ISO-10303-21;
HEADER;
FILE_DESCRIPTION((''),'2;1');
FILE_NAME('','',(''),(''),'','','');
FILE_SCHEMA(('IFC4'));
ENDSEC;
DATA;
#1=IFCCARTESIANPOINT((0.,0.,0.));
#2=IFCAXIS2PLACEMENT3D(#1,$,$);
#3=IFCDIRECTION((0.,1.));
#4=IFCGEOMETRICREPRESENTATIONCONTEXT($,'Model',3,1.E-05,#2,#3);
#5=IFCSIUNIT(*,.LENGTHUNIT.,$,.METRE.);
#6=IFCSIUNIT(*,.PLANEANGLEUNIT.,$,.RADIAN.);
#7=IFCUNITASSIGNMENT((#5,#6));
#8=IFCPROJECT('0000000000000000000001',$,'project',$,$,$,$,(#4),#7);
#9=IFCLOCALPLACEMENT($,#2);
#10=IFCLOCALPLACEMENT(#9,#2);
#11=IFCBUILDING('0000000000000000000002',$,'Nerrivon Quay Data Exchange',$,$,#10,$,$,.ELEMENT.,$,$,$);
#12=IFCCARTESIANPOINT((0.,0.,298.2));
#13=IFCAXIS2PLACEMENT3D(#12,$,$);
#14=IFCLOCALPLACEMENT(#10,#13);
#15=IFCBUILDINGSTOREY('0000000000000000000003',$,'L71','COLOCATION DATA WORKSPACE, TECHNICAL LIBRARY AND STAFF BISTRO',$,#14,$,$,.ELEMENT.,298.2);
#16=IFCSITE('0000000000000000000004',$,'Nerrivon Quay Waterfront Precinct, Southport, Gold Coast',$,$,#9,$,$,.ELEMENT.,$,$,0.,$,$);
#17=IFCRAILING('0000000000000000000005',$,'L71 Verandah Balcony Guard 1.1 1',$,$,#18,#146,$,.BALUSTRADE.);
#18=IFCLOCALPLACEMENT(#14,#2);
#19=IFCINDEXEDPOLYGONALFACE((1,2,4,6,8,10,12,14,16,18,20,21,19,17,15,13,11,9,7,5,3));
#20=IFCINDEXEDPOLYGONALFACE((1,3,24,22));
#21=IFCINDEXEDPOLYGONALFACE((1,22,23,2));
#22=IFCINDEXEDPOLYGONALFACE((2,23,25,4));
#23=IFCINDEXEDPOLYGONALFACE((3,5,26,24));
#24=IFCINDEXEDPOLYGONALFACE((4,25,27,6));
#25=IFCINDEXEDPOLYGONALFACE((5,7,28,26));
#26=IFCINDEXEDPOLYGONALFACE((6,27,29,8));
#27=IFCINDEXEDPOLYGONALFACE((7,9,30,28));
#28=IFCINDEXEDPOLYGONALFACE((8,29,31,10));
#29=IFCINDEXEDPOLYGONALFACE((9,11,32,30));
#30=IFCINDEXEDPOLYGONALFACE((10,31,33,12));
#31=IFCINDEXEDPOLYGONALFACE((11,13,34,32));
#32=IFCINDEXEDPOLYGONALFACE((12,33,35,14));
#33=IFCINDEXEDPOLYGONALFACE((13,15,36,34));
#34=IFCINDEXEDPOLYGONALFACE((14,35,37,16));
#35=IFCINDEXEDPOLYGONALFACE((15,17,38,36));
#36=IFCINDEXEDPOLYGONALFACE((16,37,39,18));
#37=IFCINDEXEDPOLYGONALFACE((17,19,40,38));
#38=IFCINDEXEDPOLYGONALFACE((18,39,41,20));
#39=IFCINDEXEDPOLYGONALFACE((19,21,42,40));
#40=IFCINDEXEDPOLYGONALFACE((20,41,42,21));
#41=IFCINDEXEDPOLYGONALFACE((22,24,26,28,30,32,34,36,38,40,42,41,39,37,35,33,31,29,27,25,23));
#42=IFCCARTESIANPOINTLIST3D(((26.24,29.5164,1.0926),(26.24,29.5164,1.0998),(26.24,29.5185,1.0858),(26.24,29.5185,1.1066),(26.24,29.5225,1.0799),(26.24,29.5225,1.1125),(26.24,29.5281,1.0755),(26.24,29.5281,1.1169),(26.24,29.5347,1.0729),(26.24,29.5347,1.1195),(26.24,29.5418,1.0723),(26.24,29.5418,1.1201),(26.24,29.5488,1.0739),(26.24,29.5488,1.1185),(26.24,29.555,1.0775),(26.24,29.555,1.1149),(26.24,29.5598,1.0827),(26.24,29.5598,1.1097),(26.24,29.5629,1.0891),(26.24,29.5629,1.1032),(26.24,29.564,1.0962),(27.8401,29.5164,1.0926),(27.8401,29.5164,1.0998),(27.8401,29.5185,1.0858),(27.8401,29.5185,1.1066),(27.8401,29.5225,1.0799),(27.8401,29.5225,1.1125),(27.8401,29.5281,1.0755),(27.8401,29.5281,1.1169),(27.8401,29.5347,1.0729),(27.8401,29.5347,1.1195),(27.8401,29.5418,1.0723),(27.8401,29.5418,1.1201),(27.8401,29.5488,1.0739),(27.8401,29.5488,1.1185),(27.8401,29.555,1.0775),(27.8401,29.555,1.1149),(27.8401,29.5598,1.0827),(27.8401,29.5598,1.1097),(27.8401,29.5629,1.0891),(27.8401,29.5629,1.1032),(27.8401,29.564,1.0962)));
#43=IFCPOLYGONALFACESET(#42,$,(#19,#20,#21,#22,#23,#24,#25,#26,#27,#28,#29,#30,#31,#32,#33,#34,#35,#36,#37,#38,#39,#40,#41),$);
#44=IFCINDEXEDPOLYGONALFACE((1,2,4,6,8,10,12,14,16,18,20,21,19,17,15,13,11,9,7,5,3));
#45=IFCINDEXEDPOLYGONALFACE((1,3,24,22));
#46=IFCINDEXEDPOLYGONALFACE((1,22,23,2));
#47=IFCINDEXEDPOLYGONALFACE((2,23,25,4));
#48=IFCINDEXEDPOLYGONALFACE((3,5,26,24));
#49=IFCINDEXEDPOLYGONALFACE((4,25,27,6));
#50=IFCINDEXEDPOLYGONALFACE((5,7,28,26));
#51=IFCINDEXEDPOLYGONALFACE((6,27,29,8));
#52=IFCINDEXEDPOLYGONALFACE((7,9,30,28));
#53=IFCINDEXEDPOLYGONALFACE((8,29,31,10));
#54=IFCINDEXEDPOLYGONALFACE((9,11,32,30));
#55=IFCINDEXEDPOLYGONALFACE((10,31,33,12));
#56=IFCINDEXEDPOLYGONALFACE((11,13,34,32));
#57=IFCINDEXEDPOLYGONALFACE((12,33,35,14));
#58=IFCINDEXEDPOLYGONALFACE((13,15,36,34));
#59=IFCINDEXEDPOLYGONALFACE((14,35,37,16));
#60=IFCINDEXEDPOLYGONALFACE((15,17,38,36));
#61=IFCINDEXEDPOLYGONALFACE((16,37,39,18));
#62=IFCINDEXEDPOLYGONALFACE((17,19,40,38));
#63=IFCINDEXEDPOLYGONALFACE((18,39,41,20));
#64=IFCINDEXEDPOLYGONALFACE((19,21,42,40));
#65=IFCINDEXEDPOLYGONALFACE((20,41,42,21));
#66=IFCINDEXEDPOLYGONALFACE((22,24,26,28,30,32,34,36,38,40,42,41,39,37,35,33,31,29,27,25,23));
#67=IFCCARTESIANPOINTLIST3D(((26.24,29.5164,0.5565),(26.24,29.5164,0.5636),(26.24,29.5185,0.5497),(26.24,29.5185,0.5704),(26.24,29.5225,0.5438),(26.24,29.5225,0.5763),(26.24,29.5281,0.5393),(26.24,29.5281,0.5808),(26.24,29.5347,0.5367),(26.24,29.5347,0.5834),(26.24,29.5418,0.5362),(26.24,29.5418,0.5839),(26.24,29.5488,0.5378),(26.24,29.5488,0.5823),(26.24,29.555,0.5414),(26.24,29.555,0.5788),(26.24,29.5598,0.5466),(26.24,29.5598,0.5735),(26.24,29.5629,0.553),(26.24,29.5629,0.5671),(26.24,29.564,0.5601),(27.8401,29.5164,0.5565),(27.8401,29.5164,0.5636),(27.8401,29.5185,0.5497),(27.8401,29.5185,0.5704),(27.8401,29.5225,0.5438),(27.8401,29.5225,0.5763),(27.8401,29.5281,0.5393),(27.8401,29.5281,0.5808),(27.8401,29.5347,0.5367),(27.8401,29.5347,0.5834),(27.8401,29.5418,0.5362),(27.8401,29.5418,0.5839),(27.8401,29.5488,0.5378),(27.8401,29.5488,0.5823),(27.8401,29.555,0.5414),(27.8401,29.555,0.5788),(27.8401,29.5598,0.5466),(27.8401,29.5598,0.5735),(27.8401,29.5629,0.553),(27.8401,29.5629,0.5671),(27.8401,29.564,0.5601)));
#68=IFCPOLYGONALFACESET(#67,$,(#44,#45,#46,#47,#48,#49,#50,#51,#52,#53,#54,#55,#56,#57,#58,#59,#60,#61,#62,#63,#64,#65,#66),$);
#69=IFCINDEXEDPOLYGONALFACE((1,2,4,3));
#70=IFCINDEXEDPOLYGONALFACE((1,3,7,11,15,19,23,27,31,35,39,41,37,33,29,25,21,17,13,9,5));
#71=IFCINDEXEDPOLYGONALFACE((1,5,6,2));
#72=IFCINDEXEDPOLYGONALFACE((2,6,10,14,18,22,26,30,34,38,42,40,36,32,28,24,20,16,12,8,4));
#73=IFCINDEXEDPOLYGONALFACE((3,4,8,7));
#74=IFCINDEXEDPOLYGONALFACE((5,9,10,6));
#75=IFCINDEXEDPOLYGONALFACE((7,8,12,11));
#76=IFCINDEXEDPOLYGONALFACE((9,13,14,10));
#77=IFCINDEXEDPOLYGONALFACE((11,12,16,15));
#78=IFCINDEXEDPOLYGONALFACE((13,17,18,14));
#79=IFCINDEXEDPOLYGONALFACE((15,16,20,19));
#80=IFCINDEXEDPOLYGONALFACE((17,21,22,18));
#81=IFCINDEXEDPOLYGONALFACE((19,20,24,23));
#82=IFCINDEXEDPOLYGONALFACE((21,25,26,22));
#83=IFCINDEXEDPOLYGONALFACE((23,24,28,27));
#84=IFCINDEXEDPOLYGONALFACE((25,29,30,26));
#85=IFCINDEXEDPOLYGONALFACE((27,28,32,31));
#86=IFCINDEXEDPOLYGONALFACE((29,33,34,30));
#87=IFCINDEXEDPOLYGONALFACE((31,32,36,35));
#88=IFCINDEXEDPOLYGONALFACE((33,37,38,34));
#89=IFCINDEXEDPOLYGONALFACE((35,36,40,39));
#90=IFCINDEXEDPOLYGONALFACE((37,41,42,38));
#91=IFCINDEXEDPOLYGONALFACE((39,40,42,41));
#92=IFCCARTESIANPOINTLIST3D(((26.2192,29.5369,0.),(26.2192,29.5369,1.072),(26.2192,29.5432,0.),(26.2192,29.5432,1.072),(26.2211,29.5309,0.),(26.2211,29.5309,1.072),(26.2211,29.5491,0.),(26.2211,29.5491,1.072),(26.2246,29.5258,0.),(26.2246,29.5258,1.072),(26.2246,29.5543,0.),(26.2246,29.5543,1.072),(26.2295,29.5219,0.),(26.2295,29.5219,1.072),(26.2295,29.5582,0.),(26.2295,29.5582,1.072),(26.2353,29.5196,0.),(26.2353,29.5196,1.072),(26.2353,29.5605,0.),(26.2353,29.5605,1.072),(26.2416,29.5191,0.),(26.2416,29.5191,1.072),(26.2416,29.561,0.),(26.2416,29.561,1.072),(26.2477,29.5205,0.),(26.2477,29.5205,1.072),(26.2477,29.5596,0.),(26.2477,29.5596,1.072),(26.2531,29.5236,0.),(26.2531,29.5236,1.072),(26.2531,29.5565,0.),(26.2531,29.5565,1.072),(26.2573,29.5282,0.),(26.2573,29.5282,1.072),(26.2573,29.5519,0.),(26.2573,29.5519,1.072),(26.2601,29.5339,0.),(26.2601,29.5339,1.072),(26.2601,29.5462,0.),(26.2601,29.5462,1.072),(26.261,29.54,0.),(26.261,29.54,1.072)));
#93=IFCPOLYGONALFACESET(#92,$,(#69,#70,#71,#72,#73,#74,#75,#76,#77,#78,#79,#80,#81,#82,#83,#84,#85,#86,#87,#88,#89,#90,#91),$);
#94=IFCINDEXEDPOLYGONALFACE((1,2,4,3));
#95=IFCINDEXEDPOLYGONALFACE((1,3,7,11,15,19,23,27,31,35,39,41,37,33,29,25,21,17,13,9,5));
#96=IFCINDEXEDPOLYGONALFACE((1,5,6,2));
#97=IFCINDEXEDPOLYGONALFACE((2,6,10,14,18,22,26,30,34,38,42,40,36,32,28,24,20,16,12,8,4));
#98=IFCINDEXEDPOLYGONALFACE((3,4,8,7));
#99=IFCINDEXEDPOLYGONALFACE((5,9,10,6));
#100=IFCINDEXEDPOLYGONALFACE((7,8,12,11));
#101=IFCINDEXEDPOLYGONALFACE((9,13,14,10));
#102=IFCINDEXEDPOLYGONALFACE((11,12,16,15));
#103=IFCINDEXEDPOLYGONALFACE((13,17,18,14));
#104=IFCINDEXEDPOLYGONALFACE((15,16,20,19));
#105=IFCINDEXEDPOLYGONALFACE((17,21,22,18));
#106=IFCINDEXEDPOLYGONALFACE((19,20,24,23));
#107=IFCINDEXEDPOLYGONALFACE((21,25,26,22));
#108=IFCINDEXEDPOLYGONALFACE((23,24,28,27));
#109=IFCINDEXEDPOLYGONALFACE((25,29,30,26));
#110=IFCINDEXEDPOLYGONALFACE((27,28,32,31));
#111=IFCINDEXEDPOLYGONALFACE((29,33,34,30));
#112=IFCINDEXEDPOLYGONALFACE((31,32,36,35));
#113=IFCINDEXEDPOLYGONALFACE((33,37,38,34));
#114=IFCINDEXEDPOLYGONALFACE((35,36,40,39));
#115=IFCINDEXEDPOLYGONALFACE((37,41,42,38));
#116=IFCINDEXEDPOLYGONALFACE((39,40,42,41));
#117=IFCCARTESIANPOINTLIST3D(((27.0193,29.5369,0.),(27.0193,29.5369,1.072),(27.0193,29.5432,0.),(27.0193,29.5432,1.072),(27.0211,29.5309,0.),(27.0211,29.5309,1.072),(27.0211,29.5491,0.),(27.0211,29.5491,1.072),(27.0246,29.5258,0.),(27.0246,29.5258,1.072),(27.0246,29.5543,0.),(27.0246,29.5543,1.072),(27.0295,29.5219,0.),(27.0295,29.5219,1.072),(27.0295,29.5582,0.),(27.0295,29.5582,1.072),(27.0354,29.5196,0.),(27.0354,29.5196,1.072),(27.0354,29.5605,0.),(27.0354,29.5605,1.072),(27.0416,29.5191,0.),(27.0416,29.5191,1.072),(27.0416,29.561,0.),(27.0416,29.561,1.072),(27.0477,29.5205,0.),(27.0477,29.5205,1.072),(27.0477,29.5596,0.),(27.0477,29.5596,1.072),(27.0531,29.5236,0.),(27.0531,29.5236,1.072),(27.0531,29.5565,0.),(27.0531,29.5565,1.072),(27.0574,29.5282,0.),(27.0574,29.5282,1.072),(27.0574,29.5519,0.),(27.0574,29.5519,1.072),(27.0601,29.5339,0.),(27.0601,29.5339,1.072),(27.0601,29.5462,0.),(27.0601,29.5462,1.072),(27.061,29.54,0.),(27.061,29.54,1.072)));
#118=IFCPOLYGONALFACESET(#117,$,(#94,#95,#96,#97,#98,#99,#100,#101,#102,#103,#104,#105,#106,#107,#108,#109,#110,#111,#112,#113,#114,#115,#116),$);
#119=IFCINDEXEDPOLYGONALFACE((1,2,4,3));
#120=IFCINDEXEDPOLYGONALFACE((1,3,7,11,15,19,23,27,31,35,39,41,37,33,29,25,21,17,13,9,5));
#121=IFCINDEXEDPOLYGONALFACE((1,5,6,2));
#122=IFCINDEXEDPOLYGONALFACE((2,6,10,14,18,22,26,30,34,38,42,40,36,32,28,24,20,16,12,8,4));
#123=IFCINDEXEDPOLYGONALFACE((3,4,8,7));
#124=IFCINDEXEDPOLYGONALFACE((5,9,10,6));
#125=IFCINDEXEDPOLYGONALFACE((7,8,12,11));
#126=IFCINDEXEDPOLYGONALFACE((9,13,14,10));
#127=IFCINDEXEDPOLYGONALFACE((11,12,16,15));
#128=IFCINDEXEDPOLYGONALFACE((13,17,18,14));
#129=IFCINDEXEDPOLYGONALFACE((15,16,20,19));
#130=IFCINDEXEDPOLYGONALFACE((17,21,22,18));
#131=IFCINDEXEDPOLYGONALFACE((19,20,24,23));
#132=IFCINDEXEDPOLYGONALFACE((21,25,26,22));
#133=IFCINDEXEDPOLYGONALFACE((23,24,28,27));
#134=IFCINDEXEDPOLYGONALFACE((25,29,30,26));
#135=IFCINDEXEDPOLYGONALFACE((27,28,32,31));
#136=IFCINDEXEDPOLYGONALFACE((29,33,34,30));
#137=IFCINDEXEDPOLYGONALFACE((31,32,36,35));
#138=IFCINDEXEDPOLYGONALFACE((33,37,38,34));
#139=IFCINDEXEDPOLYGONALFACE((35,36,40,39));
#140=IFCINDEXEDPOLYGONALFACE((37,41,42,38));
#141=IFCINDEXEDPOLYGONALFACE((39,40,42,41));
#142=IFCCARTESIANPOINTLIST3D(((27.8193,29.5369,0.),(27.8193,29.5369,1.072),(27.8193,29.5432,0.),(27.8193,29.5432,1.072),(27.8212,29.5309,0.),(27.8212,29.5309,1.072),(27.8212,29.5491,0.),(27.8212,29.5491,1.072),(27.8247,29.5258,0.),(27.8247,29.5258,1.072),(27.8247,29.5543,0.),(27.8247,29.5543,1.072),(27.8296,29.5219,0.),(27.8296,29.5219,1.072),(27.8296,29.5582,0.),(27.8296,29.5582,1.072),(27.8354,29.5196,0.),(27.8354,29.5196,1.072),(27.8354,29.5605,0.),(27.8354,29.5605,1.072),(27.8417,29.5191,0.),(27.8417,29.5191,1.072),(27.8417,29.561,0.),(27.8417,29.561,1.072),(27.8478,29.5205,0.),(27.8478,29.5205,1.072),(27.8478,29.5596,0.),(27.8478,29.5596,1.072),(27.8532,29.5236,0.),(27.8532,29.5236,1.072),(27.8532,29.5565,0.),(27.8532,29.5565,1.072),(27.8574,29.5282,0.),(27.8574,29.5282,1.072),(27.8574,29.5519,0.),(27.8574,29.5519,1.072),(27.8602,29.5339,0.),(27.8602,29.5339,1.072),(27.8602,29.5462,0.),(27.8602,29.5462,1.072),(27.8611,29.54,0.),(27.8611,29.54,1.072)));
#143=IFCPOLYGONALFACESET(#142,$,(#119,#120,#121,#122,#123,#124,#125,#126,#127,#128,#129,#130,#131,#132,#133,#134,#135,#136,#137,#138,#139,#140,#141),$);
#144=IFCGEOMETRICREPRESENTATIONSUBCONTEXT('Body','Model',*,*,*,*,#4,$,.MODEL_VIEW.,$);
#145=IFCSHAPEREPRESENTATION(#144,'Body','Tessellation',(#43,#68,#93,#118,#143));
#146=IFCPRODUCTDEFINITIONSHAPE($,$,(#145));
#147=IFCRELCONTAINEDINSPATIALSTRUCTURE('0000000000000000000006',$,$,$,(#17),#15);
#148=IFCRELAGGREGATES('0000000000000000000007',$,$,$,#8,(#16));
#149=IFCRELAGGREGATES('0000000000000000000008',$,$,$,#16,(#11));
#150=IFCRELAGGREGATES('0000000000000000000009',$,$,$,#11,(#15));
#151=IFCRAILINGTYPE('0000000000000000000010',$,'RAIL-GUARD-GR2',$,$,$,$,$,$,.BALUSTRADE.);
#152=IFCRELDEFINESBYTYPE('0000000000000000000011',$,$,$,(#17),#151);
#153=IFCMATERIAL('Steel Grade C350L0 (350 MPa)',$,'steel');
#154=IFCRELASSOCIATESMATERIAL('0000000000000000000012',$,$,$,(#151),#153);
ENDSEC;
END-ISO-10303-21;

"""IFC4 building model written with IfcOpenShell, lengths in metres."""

from ifc_helpers import new_model, si_unit, direction, frame, origin, origin_2d, place, context, subcontext, project, spatial, circle, extrude, material, type_object, element, save


model = new_model("IFC4")

# Units and contexts
model_context = context("Model", 3, precision=1e-05, world=origin(), true_north=direction((0.0, 1.0)))
body_context = subcontext(model_context, "Body", "Model", "MODEL_VIEW")
ifc_project = project(units=[si_unit("LENGTHUNIT", "METRE"), si_unit("PLANEANGLEUNIT", "RADIAN")], contexts=[model_context])

# Site, building, storey
site_placement = place(None, origin())
site = spatial("IfcSite", under=ifc_project, at=site_placement, Name="Nerrivon Quay Waterfront Precinct, Southport, Gold Coast", CompositionType="ELEMENT", RefElevation=0.0)
building_placement = place(site_placement, origin())
building = spatial("IfcBuilding", under=site, at=building_placement, Name="Nerrivon Quay Data Exchange", CompositionType="ELEMENT")
storey_placement = place(building_placement, frame((0.0, 0.0, 298.2)))
storey = spatial("IfcBuildingStorey", under=building, at=storey_placement, Name="L71", Description="COLOCATION DATA WORKSPACE, TECHNICAL LIBRARY AND STAFF BISTRO", CompositionType="ELEMENT", Elevation=298.2)

# Shared definitions
ifc_material_1 = material(Name="Steel Grade C350L0 (350 MPa)", Category="steel")

# Railing
railing_type = type_object("IfcRailingType", Name="RAIL-GUARD-GR2", PredefinedType="BALUSTRADE", material=ifc_material_1)
railing_1_placement = place(storey_placement, frame((26.24, 29.54, 0.0)))
element("IfcRailing", 1, at=railing_1_placement, inside=storey, type_object=railing_type, Name="L71 Verandah Balcony Guard 1.1 1", PredefinedType="BALUSTRADE", context=body_context, shape_type="SweptSolid", body=[
    extrude(circle(Radius=0.0239, at=origin_2d()), frame((0.0, 0.0, 1.0962), z_axis=(1.0, 0.0, 0.0), x_axis=(0.0, 1.0, 0.0)), (0.0, 0.0, 1.0), 1.6001),
    extrude(circle(Radius=0.0239, at=origin_2d()), frame((0.0, 0.0, 0.5601), z_axis=(1.0, 0.0, 0.0), x_axis=(0.0, 1.0, 0.0)), (0.0, 0.0, 1.0), 1.6001),
    extrude(circle(Radius=0.021, at=origin_2d()), origin(), (0.0, 0.0, 1.0), 1.072),
    extrude(circle(Radius=0.021, at=origin_2d()), frame((0.8, 0.0, 0.0)), (0.0, 0.0, 1.0), 1.072),
    extrude(circle(Radius=0.021, at=origin_2d()), frame((1.6001, 0.0, 0.0)), (0.0, 0.0, 1.0), 1.072),
])

save(model, "model.ifc")
